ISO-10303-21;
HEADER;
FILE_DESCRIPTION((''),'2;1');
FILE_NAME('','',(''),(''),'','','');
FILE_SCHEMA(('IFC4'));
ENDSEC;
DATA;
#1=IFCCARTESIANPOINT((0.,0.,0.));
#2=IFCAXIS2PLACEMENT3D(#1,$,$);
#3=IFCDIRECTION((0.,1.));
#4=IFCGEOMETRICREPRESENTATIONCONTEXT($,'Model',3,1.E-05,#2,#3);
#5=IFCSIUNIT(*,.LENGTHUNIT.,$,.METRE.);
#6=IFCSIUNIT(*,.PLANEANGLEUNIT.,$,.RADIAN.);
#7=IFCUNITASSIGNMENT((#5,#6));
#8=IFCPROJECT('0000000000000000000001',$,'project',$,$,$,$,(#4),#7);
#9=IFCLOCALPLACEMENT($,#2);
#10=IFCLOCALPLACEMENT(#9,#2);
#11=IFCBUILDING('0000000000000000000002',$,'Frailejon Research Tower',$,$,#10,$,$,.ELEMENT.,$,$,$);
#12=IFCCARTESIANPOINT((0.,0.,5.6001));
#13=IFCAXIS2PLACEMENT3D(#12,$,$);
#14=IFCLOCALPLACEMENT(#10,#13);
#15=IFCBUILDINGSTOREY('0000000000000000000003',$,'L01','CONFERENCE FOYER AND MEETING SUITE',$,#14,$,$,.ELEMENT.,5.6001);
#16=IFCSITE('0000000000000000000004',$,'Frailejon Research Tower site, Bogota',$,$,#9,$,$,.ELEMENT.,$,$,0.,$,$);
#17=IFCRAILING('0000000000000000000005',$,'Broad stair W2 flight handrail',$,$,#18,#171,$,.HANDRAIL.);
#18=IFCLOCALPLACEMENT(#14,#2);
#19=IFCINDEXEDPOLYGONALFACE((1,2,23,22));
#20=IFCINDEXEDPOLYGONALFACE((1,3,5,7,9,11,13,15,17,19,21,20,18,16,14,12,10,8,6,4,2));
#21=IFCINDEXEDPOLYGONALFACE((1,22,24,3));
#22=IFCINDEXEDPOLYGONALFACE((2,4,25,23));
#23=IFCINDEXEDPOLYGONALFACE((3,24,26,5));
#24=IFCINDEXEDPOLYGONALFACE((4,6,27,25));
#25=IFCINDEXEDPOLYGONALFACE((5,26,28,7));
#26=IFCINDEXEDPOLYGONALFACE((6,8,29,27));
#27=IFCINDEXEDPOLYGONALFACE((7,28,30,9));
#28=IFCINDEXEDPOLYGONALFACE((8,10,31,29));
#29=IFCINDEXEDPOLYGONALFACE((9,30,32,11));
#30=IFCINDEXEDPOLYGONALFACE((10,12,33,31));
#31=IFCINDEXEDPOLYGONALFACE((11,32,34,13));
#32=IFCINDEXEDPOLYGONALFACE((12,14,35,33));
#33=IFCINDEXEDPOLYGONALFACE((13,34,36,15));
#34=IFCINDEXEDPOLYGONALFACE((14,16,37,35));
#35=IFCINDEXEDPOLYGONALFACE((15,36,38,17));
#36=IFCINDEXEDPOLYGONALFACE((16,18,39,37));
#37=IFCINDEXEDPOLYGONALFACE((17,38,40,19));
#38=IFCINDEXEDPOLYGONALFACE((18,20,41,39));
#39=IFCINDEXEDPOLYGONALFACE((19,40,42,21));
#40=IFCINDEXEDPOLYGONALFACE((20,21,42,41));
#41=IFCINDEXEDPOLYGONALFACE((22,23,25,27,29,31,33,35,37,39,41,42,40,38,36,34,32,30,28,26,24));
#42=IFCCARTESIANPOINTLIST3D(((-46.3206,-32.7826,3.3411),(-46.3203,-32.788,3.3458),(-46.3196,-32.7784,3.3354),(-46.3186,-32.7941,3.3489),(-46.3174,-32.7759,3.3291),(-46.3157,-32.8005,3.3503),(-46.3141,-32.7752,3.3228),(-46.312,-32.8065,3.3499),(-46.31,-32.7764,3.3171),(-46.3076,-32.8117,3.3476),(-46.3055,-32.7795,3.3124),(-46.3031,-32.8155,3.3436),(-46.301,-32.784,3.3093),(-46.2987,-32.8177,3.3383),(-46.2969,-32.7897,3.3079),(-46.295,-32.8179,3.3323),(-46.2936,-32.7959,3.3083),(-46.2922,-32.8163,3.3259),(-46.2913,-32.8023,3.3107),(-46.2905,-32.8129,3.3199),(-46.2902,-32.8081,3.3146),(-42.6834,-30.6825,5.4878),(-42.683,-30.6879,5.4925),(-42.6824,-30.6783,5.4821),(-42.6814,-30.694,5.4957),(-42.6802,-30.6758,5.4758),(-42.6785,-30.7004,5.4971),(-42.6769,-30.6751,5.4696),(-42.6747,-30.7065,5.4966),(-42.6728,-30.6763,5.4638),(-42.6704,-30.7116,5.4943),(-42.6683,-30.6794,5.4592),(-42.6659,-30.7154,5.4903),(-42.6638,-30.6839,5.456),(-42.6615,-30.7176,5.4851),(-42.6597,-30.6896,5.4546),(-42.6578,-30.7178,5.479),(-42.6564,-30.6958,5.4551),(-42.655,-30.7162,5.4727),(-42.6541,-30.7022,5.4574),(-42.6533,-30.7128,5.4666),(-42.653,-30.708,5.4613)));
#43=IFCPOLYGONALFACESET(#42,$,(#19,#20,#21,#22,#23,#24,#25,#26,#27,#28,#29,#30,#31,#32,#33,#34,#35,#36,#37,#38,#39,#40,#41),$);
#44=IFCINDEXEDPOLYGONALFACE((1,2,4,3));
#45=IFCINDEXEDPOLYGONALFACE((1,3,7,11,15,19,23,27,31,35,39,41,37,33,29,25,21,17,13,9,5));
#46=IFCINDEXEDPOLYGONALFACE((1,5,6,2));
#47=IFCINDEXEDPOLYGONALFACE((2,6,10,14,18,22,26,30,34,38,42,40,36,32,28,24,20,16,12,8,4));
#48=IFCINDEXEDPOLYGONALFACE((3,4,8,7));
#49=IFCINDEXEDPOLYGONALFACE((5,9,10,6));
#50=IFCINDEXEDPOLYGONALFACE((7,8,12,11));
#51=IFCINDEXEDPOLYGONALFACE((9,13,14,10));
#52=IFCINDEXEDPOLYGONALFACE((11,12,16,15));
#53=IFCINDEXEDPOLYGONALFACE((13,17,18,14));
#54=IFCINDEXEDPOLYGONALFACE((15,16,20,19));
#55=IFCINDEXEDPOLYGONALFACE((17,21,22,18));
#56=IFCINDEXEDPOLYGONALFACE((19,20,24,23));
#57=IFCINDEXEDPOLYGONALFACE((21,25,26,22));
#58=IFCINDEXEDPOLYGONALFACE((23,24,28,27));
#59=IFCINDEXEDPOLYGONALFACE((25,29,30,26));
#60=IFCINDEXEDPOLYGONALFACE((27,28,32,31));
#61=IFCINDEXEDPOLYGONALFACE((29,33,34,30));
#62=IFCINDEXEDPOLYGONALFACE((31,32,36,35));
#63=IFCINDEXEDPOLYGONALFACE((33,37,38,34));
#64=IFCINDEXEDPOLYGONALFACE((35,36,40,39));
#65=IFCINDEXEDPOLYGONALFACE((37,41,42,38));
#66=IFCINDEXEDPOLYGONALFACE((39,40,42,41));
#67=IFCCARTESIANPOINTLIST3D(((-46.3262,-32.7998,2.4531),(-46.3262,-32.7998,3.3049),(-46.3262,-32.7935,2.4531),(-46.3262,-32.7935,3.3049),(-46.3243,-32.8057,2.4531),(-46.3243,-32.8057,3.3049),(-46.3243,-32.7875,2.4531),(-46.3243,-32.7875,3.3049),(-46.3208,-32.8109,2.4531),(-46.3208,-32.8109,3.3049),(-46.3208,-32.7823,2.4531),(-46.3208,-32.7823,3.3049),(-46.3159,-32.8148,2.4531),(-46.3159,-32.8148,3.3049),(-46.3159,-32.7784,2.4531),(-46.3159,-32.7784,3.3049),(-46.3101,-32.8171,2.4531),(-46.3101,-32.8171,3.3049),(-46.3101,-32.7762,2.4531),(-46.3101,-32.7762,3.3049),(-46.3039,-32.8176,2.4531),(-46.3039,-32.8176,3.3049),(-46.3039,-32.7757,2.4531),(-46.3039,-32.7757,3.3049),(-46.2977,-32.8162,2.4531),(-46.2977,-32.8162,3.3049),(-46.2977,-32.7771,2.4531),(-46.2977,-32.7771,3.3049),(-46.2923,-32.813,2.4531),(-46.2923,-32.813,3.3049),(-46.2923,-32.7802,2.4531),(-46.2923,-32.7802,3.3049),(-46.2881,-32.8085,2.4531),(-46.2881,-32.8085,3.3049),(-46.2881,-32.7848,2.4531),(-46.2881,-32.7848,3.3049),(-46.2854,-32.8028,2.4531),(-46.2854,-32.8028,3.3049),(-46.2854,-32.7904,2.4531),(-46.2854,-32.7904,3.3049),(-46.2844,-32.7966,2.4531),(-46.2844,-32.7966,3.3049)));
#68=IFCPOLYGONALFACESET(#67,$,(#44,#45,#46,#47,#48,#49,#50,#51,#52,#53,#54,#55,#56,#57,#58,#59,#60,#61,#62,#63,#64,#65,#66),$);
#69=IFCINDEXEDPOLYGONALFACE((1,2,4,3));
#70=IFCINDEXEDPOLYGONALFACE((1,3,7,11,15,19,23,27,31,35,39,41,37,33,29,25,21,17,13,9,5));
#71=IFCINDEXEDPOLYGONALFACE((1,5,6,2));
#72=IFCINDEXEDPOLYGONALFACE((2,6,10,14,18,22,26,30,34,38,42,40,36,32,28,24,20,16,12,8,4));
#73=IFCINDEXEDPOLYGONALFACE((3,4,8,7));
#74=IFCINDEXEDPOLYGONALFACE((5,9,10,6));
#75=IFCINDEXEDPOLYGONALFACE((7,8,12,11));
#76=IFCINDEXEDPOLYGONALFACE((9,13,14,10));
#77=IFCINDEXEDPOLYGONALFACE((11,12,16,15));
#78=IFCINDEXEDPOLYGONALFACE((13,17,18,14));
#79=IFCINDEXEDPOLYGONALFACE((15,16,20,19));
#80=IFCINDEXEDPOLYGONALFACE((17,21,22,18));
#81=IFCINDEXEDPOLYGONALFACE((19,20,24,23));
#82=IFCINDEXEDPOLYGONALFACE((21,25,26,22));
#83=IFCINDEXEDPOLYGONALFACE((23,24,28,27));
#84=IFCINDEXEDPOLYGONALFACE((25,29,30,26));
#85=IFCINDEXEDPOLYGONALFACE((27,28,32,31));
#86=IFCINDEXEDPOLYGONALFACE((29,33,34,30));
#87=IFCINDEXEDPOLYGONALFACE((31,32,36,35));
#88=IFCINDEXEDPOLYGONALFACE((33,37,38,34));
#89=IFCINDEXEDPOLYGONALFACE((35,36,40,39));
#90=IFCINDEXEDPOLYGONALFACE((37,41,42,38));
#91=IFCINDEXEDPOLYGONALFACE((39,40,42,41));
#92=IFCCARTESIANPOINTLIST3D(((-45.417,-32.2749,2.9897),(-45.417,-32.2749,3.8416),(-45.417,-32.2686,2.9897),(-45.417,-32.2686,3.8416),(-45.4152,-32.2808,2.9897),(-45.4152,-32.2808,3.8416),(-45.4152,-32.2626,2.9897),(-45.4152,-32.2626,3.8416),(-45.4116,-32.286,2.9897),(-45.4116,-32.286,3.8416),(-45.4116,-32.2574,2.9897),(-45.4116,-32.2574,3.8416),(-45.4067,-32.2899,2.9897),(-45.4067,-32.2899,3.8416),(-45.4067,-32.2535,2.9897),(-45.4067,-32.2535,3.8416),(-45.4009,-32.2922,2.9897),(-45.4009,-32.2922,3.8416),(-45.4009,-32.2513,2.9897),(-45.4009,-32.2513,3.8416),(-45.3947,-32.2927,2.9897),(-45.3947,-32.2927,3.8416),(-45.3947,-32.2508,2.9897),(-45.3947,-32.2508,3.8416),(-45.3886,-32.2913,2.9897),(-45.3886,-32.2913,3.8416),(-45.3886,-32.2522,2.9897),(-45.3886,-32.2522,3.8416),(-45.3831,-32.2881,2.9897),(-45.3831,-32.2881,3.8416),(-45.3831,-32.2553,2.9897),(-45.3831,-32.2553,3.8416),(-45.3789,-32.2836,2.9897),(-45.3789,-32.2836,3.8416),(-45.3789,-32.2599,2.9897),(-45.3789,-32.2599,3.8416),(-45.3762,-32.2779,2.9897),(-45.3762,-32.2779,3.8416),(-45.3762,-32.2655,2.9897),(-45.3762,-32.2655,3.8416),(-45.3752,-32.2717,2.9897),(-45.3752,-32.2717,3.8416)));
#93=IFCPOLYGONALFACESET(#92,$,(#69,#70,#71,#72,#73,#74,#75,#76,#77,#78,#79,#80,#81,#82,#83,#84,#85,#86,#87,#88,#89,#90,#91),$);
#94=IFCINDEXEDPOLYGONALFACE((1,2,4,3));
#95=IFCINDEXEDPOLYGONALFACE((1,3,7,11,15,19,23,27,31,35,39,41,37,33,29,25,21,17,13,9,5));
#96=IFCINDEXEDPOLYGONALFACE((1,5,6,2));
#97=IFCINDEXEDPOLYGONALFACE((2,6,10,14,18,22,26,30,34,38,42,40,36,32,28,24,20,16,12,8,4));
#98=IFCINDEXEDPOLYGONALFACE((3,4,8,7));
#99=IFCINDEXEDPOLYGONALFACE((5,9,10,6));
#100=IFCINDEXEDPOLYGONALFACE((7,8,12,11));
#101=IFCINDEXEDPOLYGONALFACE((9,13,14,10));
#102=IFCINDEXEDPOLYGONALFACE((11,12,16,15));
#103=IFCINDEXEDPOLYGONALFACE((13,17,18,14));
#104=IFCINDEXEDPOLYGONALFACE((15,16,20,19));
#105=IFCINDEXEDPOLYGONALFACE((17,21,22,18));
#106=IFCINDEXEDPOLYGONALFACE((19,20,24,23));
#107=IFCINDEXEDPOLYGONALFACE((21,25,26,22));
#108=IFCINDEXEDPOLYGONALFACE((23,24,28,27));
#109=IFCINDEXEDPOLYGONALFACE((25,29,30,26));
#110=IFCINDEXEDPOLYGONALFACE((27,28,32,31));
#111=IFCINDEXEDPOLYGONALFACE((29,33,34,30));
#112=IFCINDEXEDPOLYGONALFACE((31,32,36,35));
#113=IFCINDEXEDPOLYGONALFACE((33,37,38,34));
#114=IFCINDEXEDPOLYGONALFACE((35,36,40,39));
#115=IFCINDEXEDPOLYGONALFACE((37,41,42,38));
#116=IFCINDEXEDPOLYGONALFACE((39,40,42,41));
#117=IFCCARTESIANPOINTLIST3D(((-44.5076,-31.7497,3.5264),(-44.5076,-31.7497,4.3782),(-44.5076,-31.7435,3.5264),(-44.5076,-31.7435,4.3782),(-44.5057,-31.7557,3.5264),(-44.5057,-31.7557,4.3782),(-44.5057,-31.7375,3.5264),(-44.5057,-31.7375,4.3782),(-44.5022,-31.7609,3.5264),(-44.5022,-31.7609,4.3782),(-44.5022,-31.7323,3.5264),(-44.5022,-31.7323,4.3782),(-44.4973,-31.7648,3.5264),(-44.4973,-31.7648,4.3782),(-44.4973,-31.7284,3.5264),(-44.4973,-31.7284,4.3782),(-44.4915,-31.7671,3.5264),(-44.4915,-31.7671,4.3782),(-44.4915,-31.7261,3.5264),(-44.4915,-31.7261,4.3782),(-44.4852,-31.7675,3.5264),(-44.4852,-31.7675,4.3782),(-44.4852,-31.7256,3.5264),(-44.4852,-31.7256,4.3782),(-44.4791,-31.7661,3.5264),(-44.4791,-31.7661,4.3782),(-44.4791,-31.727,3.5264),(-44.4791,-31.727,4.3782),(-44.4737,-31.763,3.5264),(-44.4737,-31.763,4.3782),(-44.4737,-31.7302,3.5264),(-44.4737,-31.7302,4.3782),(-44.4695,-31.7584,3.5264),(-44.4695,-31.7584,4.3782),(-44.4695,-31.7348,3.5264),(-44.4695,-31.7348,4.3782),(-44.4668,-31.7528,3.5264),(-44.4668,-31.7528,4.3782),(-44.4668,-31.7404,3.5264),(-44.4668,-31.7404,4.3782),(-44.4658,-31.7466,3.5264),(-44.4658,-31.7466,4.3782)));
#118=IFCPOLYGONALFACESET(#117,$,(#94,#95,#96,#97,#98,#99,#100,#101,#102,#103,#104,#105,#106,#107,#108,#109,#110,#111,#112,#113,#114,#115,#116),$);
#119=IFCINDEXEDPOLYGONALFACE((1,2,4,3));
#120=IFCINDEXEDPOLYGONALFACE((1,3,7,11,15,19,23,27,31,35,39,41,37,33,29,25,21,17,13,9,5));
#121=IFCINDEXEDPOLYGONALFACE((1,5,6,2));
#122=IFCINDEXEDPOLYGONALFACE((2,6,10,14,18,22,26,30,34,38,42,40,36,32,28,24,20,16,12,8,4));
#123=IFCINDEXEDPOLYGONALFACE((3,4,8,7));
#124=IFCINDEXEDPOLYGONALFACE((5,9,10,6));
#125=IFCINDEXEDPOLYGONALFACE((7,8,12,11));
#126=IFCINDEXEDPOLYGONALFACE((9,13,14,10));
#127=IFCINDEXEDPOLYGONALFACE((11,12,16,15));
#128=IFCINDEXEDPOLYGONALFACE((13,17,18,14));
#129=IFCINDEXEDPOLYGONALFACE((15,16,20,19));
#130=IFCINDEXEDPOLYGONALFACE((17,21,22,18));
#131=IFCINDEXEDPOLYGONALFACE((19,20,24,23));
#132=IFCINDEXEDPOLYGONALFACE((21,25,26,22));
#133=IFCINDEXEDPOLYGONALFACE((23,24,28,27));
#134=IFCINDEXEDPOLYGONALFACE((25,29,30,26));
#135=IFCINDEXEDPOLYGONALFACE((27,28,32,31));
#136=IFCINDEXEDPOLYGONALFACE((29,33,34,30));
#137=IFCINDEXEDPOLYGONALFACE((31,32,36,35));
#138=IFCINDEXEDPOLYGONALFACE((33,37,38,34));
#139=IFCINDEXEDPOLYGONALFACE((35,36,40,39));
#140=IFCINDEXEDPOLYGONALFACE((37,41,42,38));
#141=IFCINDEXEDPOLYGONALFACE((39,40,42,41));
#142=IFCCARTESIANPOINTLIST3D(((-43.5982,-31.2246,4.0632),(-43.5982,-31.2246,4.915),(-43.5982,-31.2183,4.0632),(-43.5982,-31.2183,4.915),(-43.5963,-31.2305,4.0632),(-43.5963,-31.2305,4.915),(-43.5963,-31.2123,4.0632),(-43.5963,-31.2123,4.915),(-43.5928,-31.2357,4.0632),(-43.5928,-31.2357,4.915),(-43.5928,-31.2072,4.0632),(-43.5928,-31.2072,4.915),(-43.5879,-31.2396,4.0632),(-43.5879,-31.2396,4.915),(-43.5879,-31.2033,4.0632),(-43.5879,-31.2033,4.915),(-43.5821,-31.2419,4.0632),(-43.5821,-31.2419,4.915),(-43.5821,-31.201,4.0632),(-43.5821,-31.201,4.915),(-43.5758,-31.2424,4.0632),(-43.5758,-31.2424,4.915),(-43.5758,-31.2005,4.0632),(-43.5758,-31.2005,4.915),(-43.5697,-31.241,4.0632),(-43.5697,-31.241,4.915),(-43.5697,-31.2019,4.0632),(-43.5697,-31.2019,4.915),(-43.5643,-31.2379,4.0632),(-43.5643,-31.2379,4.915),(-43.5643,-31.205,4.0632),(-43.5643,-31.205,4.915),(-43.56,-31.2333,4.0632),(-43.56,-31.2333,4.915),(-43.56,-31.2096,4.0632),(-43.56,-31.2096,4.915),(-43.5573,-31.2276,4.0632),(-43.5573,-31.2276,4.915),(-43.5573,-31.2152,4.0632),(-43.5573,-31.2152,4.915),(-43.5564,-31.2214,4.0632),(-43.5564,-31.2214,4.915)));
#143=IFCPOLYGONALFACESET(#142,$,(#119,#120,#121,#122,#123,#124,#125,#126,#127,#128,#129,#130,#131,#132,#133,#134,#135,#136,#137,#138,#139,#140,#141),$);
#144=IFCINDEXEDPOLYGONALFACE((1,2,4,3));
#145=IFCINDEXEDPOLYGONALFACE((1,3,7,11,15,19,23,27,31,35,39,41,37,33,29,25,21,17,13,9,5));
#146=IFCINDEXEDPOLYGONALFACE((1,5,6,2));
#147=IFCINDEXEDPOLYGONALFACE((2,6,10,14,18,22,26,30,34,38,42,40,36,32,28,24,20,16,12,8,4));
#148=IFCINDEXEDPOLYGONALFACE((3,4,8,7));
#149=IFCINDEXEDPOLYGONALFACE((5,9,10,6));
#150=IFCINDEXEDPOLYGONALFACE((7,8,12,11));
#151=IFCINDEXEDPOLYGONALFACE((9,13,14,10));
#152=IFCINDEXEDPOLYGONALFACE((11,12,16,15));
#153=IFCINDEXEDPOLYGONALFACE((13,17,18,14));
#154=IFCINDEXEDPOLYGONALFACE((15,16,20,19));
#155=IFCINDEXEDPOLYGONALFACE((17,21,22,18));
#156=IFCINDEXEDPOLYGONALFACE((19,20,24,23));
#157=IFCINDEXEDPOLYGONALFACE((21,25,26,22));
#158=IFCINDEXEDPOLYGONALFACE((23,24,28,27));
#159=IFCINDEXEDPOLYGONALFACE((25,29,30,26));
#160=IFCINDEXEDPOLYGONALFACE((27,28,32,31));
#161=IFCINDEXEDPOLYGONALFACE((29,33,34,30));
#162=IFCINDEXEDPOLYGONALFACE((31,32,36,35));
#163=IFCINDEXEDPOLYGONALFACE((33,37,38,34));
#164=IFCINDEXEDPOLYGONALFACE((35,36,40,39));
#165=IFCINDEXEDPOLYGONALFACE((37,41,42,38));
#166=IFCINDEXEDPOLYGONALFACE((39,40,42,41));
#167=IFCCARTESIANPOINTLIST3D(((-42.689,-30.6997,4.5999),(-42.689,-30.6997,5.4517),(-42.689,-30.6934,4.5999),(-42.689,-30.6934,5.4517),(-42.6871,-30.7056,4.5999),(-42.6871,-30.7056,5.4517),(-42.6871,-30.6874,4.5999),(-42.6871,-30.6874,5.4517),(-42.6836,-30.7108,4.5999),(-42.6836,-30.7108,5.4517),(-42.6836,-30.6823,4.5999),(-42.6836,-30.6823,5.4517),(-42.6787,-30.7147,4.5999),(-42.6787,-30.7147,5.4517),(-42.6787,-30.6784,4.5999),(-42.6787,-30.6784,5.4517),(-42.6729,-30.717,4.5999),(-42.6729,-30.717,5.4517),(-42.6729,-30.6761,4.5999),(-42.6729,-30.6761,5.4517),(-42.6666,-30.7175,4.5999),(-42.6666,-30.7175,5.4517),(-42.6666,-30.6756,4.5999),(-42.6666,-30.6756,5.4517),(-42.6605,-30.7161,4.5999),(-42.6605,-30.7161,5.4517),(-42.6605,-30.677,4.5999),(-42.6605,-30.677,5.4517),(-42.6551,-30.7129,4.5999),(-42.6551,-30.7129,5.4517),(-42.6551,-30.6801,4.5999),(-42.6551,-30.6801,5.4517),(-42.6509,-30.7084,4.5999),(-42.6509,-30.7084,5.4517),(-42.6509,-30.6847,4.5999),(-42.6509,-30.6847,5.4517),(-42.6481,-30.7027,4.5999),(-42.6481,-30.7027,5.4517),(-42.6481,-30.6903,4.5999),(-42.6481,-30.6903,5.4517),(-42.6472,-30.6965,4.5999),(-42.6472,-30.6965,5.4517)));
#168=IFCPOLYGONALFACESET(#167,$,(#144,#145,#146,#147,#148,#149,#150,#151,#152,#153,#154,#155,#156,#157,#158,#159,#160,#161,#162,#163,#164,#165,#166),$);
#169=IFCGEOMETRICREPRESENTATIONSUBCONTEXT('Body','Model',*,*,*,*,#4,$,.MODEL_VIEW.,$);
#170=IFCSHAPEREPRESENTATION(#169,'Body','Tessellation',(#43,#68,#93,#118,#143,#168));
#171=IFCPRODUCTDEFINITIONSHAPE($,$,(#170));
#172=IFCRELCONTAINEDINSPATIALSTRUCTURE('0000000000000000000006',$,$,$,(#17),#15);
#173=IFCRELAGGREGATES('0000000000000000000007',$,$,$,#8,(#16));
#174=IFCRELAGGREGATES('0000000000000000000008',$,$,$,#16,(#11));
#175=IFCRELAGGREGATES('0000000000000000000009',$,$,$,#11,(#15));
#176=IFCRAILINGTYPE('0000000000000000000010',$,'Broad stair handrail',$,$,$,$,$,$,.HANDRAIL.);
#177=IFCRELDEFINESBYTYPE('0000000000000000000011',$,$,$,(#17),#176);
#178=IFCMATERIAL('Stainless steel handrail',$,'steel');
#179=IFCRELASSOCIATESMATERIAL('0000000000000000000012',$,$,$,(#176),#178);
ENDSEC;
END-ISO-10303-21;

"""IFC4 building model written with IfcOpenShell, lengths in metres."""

from ifc_helpers import new_model, si_unit, direction, frame, origin, origin_2d, place, context, subcontext, project, spatial, circle, extrude, material, type_object, element, save


model = new_model("IFC4")

# Units and contexts
model_context = context("Model", 3, precision=1e-05, world=origin(), true_north=direction((0.0, 1.0)))
body_context = subcontext(model_context, "Body", "Model", "MODEL_VIEW")
ifc_project = project(units=[si_unit("LENGTHUNIT", "METRE"), si_unit("PLANEANGLEUNIT", "RADIAN")], contexts=[model_context])

# Site, building, storey
site_placement = place(None, origin())
site = spatial("IfcSite", under=ifc_project, at=site_placement, Name="Frailejon Research Tower site, Bogota", CompositionType="ELEMENT", RefElevation=0.0)
building_placement = place(site_placement, origin())
building = spatial("IfcBuilding", under=site, at=building_placement, Name="Frailejon Research Tower", CompositionType="ELEMENT")
storey_placement = place(building_placement, frame((0.0, 0.0, 5.6001)))
storey = spatial("IfcBuildingStorey", under=building, at=storey_placement, Name="L01", Description="CONFERENCE FOYER AND MEETING SUITE", CompositionType="ELEMENT", Elevation=5.6001)

# Railing
ifc_material_1 = material(Name="Stainless steel handrail", Category="steel")
railing_type_1 = type_object("IfcRailingType", Name="Broad stair handrail", PredefinedType="HANDRAIL", material=ifc_material_1)
railing_1_placement = place(storey_placement, frame((-46.3054, -32.7966, 2.4531)))
element("IfcRailing", 1, at=railing_1_placement, inside=storey, type_object=railing_type_1, Name="Broad stair W2 flight handrail", PredefinedType="HANDRAIL", context=body_context, shape_type="SweptSolid", body=[
    extrude(circle(Radius=0.0239, at=origin_2d()), frame((0.0, 0.0, 0.876), z_axis=(0.771119, 0.445239, 0.455125), x_axis=(-0.500028, 0.866009, 0.0)), (0.0, 0.0, 1.0), 4.7168),
    extrude(circle(Radius=0.021, at=origin_2d()), origin(), (0.0, 0.0, 1.0), 0.8518),
    extrude(circle(Radius=0.021, at=origin_2d()), frame((0.9092, 0.5249, 0.5366)), (0.0, 0.0, 1.0), 0.8518),
    extrude(circle(Radius=0.021, at=origin_2d()), frame((1.8186, 1.05, 1.0732)), (0.0, 0.0, 1.0), 0.8518),
    extrude(circle(Radius=0.021, at=origin_2d()), frame((2.728, 1.5752, 1.6101)), (0.0, 0.0, 1.0), 0.8518),
    extrude(circle(Radius=0.021, at=origin_2d()), frame((3.6372, 2.1001, 2.1467)), (0.0, 0.0, 1.0), 0.8518),
])

save(model, "model.ifc")
